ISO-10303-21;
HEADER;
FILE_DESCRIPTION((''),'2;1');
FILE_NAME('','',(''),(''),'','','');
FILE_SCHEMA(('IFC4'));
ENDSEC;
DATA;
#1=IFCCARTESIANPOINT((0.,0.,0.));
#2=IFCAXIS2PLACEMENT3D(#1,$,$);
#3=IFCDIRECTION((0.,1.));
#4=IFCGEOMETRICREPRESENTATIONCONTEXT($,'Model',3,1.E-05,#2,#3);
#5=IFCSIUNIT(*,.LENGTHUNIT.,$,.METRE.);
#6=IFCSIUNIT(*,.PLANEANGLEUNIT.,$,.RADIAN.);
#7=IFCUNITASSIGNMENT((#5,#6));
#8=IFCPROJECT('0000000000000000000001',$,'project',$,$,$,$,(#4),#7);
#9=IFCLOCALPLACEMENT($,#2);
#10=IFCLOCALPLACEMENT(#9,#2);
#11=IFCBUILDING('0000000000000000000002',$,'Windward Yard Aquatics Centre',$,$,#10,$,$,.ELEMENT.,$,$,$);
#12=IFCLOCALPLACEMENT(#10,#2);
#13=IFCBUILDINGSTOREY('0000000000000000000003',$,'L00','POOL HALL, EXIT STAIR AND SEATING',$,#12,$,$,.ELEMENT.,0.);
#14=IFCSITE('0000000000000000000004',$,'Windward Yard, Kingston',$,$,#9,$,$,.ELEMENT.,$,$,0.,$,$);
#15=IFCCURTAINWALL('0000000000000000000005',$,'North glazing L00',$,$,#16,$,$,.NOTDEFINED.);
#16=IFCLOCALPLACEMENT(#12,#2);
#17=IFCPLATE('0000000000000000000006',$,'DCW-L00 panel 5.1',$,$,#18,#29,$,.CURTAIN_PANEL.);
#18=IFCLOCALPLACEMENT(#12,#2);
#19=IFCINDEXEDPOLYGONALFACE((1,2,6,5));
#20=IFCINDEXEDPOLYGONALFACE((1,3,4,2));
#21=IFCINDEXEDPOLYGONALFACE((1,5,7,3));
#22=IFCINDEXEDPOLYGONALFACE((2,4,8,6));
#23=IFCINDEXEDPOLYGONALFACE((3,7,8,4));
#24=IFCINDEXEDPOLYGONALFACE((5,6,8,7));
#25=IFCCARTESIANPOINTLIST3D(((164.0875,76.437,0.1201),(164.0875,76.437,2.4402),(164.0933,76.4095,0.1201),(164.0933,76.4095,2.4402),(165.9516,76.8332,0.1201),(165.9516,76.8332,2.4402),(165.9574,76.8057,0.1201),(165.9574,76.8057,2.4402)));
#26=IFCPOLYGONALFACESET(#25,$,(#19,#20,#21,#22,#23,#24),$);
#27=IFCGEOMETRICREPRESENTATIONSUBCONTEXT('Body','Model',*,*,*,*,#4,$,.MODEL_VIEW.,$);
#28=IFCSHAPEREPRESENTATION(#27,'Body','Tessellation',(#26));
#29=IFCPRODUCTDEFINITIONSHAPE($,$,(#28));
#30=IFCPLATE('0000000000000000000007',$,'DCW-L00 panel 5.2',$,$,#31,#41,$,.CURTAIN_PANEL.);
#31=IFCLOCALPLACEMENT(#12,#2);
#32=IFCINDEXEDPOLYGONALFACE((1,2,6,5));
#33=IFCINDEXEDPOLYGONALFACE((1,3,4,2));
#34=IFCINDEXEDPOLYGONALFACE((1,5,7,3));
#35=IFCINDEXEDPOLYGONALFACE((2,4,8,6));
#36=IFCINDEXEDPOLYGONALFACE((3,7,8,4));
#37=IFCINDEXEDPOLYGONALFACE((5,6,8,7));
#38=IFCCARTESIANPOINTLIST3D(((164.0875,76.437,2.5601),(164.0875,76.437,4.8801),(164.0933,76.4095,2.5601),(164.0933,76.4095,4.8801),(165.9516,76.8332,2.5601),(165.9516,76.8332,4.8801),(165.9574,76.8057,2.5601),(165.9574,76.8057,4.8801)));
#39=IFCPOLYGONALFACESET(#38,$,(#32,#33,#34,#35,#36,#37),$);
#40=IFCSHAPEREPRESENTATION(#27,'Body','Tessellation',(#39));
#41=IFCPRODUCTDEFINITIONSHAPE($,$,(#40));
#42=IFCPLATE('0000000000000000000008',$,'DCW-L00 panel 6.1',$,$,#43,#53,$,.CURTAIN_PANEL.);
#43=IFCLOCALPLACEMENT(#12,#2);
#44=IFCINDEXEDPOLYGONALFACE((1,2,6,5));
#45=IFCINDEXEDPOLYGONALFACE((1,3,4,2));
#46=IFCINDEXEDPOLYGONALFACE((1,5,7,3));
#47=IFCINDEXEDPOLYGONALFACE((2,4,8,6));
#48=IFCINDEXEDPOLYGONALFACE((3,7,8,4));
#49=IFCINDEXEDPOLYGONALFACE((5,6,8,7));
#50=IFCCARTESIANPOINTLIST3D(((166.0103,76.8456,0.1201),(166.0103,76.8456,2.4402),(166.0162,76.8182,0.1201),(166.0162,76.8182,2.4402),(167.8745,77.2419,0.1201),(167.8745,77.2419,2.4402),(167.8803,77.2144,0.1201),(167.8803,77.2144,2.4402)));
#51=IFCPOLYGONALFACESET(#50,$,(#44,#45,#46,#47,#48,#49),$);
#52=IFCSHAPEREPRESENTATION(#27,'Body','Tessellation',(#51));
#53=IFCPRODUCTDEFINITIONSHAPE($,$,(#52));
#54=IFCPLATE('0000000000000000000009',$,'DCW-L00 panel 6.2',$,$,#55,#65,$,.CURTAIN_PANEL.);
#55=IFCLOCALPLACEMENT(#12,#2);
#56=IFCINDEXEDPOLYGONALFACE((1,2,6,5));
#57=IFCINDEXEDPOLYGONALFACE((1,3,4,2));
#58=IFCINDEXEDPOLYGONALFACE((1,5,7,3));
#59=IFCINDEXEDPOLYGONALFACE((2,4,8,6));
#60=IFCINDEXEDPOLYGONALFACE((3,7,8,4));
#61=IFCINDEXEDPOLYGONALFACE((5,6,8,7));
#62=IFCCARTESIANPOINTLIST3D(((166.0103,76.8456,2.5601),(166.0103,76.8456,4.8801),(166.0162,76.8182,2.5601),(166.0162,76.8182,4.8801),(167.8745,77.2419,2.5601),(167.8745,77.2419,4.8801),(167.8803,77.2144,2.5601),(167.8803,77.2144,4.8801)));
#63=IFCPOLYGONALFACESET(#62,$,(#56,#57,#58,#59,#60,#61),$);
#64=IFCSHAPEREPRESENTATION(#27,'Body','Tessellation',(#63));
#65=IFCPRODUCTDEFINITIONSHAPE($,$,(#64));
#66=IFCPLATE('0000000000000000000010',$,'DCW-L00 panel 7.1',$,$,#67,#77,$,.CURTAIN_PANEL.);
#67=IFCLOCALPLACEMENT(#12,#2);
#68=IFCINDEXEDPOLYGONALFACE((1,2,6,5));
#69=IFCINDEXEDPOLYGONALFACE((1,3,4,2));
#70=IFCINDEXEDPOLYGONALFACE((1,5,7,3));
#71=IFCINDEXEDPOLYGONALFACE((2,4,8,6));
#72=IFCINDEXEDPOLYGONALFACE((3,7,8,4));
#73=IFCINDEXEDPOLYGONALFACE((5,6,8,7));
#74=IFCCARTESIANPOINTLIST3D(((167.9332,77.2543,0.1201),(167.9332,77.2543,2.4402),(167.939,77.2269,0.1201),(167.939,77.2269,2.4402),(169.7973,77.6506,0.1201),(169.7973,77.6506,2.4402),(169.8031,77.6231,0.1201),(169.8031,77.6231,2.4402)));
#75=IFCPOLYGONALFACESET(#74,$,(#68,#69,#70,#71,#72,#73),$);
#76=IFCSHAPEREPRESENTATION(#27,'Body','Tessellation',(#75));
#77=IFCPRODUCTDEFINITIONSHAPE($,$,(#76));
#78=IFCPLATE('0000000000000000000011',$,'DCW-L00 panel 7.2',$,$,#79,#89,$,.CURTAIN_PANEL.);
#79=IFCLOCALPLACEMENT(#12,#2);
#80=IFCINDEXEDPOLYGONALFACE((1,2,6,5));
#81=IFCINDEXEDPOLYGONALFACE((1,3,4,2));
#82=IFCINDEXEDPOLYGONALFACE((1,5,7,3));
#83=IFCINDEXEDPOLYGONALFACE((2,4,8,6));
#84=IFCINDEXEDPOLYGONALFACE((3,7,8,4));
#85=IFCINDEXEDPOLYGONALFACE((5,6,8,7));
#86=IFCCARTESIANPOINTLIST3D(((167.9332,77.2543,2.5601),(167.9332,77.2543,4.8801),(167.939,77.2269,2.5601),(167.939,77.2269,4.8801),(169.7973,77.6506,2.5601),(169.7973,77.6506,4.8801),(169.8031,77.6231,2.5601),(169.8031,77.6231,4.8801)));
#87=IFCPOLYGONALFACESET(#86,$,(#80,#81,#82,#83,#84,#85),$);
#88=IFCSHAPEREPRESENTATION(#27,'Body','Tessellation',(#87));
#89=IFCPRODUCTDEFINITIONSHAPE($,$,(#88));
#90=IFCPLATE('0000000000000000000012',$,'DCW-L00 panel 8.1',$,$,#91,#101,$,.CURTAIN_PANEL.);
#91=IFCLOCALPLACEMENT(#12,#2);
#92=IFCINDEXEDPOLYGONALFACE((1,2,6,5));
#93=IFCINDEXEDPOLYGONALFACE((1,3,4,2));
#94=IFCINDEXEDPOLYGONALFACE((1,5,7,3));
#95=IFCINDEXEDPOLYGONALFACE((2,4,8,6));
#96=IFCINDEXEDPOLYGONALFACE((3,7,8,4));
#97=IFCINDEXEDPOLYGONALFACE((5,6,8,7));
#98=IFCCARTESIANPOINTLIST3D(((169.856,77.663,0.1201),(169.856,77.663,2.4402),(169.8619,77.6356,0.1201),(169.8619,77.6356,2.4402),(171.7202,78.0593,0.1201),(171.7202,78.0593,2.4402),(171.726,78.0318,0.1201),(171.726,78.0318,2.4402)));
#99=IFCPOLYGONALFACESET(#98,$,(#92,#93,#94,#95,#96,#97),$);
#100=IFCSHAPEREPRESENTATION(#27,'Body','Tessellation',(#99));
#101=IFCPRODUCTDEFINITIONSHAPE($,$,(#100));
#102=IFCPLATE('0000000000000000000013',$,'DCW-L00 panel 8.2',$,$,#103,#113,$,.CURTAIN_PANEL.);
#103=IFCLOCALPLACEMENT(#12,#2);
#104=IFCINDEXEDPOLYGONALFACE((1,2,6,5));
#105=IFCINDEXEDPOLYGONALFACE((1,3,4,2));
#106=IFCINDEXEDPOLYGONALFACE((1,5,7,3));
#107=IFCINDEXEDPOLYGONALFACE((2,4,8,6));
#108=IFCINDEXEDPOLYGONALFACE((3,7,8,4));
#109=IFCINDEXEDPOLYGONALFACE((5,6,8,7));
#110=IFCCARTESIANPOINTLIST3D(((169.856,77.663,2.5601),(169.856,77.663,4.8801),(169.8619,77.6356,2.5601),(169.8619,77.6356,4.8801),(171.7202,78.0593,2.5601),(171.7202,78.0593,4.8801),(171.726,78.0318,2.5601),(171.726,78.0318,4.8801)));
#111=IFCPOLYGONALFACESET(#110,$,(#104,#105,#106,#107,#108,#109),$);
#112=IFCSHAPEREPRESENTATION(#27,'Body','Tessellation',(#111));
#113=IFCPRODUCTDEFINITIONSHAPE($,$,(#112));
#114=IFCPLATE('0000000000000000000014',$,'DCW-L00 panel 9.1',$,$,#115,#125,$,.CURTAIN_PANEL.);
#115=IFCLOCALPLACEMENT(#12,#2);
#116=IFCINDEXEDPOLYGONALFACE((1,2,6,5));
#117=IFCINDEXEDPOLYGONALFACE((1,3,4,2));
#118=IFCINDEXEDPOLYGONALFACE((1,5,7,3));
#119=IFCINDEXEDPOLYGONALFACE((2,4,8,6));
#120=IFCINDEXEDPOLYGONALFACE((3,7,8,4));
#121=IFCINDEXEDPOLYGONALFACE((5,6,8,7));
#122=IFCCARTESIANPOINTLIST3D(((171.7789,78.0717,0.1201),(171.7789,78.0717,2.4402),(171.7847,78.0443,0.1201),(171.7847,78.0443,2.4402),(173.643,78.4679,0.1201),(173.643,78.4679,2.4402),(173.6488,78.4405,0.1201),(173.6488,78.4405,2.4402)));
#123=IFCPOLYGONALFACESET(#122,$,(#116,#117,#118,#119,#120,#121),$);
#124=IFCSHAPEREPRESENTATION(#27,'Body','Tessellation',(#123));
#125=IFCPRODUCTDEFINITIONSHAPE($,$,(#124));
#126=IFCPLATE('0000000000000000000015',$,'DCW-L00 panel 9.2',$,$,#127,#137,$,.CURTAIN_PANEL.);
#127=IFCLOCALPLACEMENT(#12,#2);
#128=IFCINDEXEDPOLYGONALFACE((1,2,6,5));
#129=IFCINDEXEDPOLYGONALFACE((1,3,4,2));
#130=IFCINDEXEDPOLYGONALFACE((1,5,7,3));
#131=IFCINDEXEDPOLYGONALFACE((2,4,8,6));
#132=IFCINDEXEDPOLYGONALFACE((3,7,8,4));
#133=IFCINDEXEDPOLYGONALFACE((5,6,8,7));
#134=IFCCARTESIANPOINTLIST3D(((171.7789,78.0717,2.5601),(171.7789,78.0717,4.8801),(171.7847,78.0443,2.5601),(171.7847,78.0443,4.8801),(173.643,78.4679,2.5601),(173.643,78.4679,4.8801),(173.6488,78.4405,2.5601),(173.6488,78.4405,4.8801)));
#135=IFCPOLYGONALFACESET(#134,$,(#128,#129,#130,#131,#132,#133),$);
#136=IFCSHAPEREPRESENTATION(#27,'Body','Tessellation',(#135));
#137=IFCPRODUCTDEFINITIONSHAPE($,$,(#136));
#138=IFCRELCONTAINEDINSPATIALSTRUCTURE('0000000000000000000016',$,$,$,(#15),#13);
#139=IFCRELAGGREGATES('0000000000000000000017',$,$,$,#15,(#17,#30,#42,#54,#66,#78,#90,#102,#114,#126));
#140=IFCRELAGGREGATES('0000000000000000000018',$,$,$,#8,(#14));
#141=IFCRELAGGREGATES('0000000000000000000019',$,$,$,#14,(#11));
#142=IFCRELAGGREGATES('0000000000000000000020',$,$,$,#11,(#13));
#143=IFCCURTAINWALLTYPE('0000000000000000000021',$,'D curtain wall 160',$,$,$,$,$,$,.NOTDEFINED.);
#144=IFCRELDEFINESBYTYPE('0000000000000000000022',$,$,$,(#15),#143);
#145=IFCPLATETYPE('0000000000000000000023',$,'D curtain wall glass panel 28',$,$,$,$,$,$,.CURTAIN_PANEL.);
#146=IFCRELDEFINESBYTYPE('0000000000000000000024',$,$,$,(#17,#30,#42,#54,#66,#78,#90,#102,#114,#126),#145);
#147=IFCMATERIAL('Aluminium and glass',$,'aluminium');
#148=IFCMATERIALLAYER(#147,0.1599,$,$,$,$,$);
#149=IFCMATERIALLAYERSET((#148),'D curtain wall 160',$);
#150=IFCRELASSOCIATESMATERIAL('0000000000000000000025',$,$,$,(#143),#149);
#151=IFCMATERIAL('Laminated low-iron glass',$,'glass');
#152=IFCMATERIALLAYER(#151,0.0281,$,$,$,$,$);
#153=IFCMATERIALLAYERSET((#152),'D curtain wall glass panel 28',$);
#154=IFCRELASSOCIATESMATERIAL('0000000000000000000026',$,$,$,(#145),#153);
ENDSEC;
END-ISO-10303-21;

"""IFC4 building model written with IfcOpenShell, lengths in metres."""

from ifc_helpers import new_model, si_unit, direction, frame, origin, origin_2d, place, context, subcontext, project, spatial, rectangle, extrude, material, layer, layer_set, type_object, element, aggregate, save


model = new_model("IFC4")

# Units and contexts
model_context = context("Model", 3, precision=1e-05, world=origin(), true_north=direction((0.0, 1.0)))
body_context = subcontext(model_context, "Body", "Model", "MODEL_VIEW")
ifc_project = project(units=[si_unit("LENGTHUNIT", "METRE"), si_unit("PLANEANGLEUNIT", "RADIAN")], contexts=[model_context])

# Site, building, storey
site_placement = place(None, origin())
site = spatial("IfcSite", under=ifc_project, at=site_placement, Name="Windward Yard, Kingston", CompositionType="ELEMENT", RefElevation=0.0)
building_placement = place(site_placement, origin())
building = spatial("IfcBuilding", under=site, at=building_placement, Name="Windward Yard Aquatics Centre", CompositionType="ELEMENT")
storey_placement = place(building_placement, origin())
storey = spatial("IfcBuildingStorey", under=building, at=storey_placement, Name="L00", Description="POOL HALL, EXIT STAIR AND SEATING", CompositionType="ELEMENT", Elevation=0.0)

# Curtain wall, plates
ifc_material_1 = material(Name="Aluminium and glass", Category="aluminium")
ifc_layer_1 = layer(ifc_material_1, 0.1599)
ifc_layer_set_1 = layer_set([ifc_layer_1], Name="D curtain wall 160")
curtain_wall_type = type_object("IfcCurtainWallType", Name="D curtain wall 160", PredefinedType="NOTDEFINED", material=ifc_layer_set_1)
curtain_wall_placement = place(storey_placement, origin())
curtain_wall = element("IfcCurtainWall", 1, at=curtain_wall_placement, inside=storey, type_object=curtain_wall_type, Name="North glazing L00", PredefinedType="NOTDEFINED")
ifc_material_2 = material(Name="Laminated low-iron glass", Category="glass")
ifc_layer_2 = layer(ifc_material_2, 0.0281)
ifc_layer_set_2 = layer_set([ifc_layer_2], Name="D curtain wall glass panel 28")
plate_type = type_object("IfcPlateType", Name="D curtain wall glass panel 28", PredefinedType="CURTAIN_PANEL", material=ifc_layer_set_2)
plate_1_placement = place(storey_placement, frame((165.0225, 76.6213, 0.1201), z_axis=(0.0, 0.0, 1.0), x_axis=(0.978148, 0.207912, 0.0)))
plate_1 = element("IfcPlate", 2, at=plate_1_placement, type_object=plate_type, Name="DCW-L00 panel 5.1", PredefinedType="CURTAIN_PANEL", context=body_context, shape_type="SweptSolid", body=[
    extrude(rectangle(XDim=1.9058, YDim=0.0281, at=origin_2d()), origin(), (0.0, 0.0, 1.0), 2.3201),
])
plate_2_placement = place(storey_placement, frame((165.0225, 76.6213, 2.5601), z_axis=(0.0, 0.0, 1.0), x_axis=(0.978148, 0.207912, 0.0)))
plate_2 = element("IfcPlate", 3, at=plate_2_placement, type_object=plate_type, Name="DCW-L00 panel 5.2", PredefinedType="CURTAIN_PANEL", context=body_context, shape_type="SweptSolid", body=[
    extrude(rectangle(XDim=1.9058, YDim=0.0281, at=origin_2d()), origin(), (0.0, 0.0, 1.0), 2.3201),
])
plate_3_placement = place(storey_placement, frame((166.9453, 77.03, 0.1201), z_axis=(0.0, 0.0, 1.0), x_axis=(0.978148, 0.207912, 0.0)))
plate_3 = element("IfcPlate", 4, at=plate_3_placement, type_object=plate_type, Name="DCW-L00 panel 6.1", PredefinedType="CURTAIN_PANEL", context=body_context, shape_type="SweptSolid", body=[
    extrude(rectangle(XDim=1.9058, YDim=0.0281, at=origin_2d()), origin(), (0.0, 0.0, 1.0), 2.3201),
])
plate_4_placement = place(storey_placement, frame((166.9453, 77.03, 2.5601), z_axis=(0.0, 0.0, 1.0), x_axis=(0.978148, 0.207912, 0.0)))
plate_4 = element("IfcPlate", 5, at=plate_4_placement, type_object=plate_type, Name="DCW-L00 panel 6.2", PredefinedType="CURTAIN_PANEL", context=body_context, shape_type="SweptSolid", body=[
    extrude(rectangle(XDim=1.9058, YDim=0.0281, at=origin_2d()), origin(), (0.0, 0.0, 1.0), 2.3201),
])
plate_5_placement = place(storey_placement, frame((168.8682, 77.4387, 0.1201), z_axis=(0.0, 0.0, 1.0), x_axis=(0.978148, 0.207912, 0.0)))
plate_5 = element("IfcPlate", 6, at=plate_5_placement, type_object=plate_type, Name="DCW-L00 panel 7.1", PredefinedType="CURTAIN_PANEL", context=body_context, shape_type="SweptSolid", body=[
    extrude(rectangle(XDim=1.9058, YDim=0.0281, at=origin_2d()), origin(), (0.0, 0.0, 1.0), 2.3201),
])
plate_6_placement = place(storey_placement, frame((168.8682, 77.4387, 2.5601), z_axis=(0.0, 0.0, 1.0), x_axis=(0.978148, 0.207912, 0.0)))
plate_6 = element("IfcPlate", 7, at=plate_6_placement, type_object=plate_type, Name="DCW-L00 panel 7.2", PredefinedType="CURTAIN_PANEL", context=body_context, shape_type="SweptSolid", body=[
    extrude(rectangle(XDim=1.9058, YDim=0.0281, at=origin_2d()), origin(), (0.0, 0.0, 1.0), 2.3201),
])
plate_7_placement = place(storey_placement, frame((170.791, 77.8474, 0.1201), z_axis=(0.0, 0.0, 1.0), x_axis=(0.978148, 0.207912, 0.0)))
plate_7 = element("IfcPlate", 8, at=plate_7_placement, type_object=plate_type, Name="DCW-L00 panel 8.1", PredefinedType="CURTAIN_PANEL", context=body_context, shape_type="SweptSolid", body=[
    extrude(rectangle(XDim=1.9058, YDim=0.0281, at=origin_2d()), origin(), (0.0, 0.0, 1.0), 2.3201),
])
plate_8_placement = place(storey_placement, frame((170.791, 77.8474, 2.5601), z_axis=(0.0, 0.0, 1.0), x_axis=(0.978148, 0.207912, 0.0)))
plate_8 = element("IfcPlate", 9, at=plate_8_placement, type_object=plate_type, Name="DCW-L00 panel 8.2", PredefinedType="CURTAIN_PANEL", context=body_context, shape_type="SweptSolid", body=[
    extrude(rectangle(XDim=1.9058, YDim=0.0281, at=origin_2d()), origin(), (0.0, 0.0, 1.0), 2.3201),
])
plate_9_placement = place(storey_placement, frame((172.7139, 78.2561, 0.1201), z_axis=(0.0, 0.0, 1.0), x_axis=(0.978148, 0.207912, 0.0)))
plate_9 = element("IfcPlate", 10, at=plate_9_placement, type_object=plate_type, Name="DCW-L00 panel 9.1", PredefinedType="CURTAIN_PANEL", context=body_context, shape_type="SweptSolid", body=[
    extrude(rectangle(XDim=1.9058, YDim=0.0281, at=origin_2d()), origin(), (0.0, 0.0, 1.0), 2.3201),
])
plate_10_placement = place(storey_placement, frame((172.7139, 78.2561, 2.5601), z_axis=(0.0, 0.0, 1.0), x_axis=(0.978148, 0.207912, 0.0)))
plate_10 = element("IfcPlate", 11, at=plate_10_placement, type_object=plate_type, Name="DCW-L00 panel 9.2", PredefinedType="CURTAIN_PANEL", context=body_context, shape_type="SweptSolid", body=[
    extrude(rectangle(XDim=1.9058, YDim=0.0281, at=origin_2d()), origin(), (0.0, 0.0, 1.0), 2.3201),
])
aggregate(curtain_wall, [plate_1, plate_2, plate_3, plate_4, plate_5, plate_6, plate_7, plate_8, plate_9, plate_10])

save(model, "model.ifc")
